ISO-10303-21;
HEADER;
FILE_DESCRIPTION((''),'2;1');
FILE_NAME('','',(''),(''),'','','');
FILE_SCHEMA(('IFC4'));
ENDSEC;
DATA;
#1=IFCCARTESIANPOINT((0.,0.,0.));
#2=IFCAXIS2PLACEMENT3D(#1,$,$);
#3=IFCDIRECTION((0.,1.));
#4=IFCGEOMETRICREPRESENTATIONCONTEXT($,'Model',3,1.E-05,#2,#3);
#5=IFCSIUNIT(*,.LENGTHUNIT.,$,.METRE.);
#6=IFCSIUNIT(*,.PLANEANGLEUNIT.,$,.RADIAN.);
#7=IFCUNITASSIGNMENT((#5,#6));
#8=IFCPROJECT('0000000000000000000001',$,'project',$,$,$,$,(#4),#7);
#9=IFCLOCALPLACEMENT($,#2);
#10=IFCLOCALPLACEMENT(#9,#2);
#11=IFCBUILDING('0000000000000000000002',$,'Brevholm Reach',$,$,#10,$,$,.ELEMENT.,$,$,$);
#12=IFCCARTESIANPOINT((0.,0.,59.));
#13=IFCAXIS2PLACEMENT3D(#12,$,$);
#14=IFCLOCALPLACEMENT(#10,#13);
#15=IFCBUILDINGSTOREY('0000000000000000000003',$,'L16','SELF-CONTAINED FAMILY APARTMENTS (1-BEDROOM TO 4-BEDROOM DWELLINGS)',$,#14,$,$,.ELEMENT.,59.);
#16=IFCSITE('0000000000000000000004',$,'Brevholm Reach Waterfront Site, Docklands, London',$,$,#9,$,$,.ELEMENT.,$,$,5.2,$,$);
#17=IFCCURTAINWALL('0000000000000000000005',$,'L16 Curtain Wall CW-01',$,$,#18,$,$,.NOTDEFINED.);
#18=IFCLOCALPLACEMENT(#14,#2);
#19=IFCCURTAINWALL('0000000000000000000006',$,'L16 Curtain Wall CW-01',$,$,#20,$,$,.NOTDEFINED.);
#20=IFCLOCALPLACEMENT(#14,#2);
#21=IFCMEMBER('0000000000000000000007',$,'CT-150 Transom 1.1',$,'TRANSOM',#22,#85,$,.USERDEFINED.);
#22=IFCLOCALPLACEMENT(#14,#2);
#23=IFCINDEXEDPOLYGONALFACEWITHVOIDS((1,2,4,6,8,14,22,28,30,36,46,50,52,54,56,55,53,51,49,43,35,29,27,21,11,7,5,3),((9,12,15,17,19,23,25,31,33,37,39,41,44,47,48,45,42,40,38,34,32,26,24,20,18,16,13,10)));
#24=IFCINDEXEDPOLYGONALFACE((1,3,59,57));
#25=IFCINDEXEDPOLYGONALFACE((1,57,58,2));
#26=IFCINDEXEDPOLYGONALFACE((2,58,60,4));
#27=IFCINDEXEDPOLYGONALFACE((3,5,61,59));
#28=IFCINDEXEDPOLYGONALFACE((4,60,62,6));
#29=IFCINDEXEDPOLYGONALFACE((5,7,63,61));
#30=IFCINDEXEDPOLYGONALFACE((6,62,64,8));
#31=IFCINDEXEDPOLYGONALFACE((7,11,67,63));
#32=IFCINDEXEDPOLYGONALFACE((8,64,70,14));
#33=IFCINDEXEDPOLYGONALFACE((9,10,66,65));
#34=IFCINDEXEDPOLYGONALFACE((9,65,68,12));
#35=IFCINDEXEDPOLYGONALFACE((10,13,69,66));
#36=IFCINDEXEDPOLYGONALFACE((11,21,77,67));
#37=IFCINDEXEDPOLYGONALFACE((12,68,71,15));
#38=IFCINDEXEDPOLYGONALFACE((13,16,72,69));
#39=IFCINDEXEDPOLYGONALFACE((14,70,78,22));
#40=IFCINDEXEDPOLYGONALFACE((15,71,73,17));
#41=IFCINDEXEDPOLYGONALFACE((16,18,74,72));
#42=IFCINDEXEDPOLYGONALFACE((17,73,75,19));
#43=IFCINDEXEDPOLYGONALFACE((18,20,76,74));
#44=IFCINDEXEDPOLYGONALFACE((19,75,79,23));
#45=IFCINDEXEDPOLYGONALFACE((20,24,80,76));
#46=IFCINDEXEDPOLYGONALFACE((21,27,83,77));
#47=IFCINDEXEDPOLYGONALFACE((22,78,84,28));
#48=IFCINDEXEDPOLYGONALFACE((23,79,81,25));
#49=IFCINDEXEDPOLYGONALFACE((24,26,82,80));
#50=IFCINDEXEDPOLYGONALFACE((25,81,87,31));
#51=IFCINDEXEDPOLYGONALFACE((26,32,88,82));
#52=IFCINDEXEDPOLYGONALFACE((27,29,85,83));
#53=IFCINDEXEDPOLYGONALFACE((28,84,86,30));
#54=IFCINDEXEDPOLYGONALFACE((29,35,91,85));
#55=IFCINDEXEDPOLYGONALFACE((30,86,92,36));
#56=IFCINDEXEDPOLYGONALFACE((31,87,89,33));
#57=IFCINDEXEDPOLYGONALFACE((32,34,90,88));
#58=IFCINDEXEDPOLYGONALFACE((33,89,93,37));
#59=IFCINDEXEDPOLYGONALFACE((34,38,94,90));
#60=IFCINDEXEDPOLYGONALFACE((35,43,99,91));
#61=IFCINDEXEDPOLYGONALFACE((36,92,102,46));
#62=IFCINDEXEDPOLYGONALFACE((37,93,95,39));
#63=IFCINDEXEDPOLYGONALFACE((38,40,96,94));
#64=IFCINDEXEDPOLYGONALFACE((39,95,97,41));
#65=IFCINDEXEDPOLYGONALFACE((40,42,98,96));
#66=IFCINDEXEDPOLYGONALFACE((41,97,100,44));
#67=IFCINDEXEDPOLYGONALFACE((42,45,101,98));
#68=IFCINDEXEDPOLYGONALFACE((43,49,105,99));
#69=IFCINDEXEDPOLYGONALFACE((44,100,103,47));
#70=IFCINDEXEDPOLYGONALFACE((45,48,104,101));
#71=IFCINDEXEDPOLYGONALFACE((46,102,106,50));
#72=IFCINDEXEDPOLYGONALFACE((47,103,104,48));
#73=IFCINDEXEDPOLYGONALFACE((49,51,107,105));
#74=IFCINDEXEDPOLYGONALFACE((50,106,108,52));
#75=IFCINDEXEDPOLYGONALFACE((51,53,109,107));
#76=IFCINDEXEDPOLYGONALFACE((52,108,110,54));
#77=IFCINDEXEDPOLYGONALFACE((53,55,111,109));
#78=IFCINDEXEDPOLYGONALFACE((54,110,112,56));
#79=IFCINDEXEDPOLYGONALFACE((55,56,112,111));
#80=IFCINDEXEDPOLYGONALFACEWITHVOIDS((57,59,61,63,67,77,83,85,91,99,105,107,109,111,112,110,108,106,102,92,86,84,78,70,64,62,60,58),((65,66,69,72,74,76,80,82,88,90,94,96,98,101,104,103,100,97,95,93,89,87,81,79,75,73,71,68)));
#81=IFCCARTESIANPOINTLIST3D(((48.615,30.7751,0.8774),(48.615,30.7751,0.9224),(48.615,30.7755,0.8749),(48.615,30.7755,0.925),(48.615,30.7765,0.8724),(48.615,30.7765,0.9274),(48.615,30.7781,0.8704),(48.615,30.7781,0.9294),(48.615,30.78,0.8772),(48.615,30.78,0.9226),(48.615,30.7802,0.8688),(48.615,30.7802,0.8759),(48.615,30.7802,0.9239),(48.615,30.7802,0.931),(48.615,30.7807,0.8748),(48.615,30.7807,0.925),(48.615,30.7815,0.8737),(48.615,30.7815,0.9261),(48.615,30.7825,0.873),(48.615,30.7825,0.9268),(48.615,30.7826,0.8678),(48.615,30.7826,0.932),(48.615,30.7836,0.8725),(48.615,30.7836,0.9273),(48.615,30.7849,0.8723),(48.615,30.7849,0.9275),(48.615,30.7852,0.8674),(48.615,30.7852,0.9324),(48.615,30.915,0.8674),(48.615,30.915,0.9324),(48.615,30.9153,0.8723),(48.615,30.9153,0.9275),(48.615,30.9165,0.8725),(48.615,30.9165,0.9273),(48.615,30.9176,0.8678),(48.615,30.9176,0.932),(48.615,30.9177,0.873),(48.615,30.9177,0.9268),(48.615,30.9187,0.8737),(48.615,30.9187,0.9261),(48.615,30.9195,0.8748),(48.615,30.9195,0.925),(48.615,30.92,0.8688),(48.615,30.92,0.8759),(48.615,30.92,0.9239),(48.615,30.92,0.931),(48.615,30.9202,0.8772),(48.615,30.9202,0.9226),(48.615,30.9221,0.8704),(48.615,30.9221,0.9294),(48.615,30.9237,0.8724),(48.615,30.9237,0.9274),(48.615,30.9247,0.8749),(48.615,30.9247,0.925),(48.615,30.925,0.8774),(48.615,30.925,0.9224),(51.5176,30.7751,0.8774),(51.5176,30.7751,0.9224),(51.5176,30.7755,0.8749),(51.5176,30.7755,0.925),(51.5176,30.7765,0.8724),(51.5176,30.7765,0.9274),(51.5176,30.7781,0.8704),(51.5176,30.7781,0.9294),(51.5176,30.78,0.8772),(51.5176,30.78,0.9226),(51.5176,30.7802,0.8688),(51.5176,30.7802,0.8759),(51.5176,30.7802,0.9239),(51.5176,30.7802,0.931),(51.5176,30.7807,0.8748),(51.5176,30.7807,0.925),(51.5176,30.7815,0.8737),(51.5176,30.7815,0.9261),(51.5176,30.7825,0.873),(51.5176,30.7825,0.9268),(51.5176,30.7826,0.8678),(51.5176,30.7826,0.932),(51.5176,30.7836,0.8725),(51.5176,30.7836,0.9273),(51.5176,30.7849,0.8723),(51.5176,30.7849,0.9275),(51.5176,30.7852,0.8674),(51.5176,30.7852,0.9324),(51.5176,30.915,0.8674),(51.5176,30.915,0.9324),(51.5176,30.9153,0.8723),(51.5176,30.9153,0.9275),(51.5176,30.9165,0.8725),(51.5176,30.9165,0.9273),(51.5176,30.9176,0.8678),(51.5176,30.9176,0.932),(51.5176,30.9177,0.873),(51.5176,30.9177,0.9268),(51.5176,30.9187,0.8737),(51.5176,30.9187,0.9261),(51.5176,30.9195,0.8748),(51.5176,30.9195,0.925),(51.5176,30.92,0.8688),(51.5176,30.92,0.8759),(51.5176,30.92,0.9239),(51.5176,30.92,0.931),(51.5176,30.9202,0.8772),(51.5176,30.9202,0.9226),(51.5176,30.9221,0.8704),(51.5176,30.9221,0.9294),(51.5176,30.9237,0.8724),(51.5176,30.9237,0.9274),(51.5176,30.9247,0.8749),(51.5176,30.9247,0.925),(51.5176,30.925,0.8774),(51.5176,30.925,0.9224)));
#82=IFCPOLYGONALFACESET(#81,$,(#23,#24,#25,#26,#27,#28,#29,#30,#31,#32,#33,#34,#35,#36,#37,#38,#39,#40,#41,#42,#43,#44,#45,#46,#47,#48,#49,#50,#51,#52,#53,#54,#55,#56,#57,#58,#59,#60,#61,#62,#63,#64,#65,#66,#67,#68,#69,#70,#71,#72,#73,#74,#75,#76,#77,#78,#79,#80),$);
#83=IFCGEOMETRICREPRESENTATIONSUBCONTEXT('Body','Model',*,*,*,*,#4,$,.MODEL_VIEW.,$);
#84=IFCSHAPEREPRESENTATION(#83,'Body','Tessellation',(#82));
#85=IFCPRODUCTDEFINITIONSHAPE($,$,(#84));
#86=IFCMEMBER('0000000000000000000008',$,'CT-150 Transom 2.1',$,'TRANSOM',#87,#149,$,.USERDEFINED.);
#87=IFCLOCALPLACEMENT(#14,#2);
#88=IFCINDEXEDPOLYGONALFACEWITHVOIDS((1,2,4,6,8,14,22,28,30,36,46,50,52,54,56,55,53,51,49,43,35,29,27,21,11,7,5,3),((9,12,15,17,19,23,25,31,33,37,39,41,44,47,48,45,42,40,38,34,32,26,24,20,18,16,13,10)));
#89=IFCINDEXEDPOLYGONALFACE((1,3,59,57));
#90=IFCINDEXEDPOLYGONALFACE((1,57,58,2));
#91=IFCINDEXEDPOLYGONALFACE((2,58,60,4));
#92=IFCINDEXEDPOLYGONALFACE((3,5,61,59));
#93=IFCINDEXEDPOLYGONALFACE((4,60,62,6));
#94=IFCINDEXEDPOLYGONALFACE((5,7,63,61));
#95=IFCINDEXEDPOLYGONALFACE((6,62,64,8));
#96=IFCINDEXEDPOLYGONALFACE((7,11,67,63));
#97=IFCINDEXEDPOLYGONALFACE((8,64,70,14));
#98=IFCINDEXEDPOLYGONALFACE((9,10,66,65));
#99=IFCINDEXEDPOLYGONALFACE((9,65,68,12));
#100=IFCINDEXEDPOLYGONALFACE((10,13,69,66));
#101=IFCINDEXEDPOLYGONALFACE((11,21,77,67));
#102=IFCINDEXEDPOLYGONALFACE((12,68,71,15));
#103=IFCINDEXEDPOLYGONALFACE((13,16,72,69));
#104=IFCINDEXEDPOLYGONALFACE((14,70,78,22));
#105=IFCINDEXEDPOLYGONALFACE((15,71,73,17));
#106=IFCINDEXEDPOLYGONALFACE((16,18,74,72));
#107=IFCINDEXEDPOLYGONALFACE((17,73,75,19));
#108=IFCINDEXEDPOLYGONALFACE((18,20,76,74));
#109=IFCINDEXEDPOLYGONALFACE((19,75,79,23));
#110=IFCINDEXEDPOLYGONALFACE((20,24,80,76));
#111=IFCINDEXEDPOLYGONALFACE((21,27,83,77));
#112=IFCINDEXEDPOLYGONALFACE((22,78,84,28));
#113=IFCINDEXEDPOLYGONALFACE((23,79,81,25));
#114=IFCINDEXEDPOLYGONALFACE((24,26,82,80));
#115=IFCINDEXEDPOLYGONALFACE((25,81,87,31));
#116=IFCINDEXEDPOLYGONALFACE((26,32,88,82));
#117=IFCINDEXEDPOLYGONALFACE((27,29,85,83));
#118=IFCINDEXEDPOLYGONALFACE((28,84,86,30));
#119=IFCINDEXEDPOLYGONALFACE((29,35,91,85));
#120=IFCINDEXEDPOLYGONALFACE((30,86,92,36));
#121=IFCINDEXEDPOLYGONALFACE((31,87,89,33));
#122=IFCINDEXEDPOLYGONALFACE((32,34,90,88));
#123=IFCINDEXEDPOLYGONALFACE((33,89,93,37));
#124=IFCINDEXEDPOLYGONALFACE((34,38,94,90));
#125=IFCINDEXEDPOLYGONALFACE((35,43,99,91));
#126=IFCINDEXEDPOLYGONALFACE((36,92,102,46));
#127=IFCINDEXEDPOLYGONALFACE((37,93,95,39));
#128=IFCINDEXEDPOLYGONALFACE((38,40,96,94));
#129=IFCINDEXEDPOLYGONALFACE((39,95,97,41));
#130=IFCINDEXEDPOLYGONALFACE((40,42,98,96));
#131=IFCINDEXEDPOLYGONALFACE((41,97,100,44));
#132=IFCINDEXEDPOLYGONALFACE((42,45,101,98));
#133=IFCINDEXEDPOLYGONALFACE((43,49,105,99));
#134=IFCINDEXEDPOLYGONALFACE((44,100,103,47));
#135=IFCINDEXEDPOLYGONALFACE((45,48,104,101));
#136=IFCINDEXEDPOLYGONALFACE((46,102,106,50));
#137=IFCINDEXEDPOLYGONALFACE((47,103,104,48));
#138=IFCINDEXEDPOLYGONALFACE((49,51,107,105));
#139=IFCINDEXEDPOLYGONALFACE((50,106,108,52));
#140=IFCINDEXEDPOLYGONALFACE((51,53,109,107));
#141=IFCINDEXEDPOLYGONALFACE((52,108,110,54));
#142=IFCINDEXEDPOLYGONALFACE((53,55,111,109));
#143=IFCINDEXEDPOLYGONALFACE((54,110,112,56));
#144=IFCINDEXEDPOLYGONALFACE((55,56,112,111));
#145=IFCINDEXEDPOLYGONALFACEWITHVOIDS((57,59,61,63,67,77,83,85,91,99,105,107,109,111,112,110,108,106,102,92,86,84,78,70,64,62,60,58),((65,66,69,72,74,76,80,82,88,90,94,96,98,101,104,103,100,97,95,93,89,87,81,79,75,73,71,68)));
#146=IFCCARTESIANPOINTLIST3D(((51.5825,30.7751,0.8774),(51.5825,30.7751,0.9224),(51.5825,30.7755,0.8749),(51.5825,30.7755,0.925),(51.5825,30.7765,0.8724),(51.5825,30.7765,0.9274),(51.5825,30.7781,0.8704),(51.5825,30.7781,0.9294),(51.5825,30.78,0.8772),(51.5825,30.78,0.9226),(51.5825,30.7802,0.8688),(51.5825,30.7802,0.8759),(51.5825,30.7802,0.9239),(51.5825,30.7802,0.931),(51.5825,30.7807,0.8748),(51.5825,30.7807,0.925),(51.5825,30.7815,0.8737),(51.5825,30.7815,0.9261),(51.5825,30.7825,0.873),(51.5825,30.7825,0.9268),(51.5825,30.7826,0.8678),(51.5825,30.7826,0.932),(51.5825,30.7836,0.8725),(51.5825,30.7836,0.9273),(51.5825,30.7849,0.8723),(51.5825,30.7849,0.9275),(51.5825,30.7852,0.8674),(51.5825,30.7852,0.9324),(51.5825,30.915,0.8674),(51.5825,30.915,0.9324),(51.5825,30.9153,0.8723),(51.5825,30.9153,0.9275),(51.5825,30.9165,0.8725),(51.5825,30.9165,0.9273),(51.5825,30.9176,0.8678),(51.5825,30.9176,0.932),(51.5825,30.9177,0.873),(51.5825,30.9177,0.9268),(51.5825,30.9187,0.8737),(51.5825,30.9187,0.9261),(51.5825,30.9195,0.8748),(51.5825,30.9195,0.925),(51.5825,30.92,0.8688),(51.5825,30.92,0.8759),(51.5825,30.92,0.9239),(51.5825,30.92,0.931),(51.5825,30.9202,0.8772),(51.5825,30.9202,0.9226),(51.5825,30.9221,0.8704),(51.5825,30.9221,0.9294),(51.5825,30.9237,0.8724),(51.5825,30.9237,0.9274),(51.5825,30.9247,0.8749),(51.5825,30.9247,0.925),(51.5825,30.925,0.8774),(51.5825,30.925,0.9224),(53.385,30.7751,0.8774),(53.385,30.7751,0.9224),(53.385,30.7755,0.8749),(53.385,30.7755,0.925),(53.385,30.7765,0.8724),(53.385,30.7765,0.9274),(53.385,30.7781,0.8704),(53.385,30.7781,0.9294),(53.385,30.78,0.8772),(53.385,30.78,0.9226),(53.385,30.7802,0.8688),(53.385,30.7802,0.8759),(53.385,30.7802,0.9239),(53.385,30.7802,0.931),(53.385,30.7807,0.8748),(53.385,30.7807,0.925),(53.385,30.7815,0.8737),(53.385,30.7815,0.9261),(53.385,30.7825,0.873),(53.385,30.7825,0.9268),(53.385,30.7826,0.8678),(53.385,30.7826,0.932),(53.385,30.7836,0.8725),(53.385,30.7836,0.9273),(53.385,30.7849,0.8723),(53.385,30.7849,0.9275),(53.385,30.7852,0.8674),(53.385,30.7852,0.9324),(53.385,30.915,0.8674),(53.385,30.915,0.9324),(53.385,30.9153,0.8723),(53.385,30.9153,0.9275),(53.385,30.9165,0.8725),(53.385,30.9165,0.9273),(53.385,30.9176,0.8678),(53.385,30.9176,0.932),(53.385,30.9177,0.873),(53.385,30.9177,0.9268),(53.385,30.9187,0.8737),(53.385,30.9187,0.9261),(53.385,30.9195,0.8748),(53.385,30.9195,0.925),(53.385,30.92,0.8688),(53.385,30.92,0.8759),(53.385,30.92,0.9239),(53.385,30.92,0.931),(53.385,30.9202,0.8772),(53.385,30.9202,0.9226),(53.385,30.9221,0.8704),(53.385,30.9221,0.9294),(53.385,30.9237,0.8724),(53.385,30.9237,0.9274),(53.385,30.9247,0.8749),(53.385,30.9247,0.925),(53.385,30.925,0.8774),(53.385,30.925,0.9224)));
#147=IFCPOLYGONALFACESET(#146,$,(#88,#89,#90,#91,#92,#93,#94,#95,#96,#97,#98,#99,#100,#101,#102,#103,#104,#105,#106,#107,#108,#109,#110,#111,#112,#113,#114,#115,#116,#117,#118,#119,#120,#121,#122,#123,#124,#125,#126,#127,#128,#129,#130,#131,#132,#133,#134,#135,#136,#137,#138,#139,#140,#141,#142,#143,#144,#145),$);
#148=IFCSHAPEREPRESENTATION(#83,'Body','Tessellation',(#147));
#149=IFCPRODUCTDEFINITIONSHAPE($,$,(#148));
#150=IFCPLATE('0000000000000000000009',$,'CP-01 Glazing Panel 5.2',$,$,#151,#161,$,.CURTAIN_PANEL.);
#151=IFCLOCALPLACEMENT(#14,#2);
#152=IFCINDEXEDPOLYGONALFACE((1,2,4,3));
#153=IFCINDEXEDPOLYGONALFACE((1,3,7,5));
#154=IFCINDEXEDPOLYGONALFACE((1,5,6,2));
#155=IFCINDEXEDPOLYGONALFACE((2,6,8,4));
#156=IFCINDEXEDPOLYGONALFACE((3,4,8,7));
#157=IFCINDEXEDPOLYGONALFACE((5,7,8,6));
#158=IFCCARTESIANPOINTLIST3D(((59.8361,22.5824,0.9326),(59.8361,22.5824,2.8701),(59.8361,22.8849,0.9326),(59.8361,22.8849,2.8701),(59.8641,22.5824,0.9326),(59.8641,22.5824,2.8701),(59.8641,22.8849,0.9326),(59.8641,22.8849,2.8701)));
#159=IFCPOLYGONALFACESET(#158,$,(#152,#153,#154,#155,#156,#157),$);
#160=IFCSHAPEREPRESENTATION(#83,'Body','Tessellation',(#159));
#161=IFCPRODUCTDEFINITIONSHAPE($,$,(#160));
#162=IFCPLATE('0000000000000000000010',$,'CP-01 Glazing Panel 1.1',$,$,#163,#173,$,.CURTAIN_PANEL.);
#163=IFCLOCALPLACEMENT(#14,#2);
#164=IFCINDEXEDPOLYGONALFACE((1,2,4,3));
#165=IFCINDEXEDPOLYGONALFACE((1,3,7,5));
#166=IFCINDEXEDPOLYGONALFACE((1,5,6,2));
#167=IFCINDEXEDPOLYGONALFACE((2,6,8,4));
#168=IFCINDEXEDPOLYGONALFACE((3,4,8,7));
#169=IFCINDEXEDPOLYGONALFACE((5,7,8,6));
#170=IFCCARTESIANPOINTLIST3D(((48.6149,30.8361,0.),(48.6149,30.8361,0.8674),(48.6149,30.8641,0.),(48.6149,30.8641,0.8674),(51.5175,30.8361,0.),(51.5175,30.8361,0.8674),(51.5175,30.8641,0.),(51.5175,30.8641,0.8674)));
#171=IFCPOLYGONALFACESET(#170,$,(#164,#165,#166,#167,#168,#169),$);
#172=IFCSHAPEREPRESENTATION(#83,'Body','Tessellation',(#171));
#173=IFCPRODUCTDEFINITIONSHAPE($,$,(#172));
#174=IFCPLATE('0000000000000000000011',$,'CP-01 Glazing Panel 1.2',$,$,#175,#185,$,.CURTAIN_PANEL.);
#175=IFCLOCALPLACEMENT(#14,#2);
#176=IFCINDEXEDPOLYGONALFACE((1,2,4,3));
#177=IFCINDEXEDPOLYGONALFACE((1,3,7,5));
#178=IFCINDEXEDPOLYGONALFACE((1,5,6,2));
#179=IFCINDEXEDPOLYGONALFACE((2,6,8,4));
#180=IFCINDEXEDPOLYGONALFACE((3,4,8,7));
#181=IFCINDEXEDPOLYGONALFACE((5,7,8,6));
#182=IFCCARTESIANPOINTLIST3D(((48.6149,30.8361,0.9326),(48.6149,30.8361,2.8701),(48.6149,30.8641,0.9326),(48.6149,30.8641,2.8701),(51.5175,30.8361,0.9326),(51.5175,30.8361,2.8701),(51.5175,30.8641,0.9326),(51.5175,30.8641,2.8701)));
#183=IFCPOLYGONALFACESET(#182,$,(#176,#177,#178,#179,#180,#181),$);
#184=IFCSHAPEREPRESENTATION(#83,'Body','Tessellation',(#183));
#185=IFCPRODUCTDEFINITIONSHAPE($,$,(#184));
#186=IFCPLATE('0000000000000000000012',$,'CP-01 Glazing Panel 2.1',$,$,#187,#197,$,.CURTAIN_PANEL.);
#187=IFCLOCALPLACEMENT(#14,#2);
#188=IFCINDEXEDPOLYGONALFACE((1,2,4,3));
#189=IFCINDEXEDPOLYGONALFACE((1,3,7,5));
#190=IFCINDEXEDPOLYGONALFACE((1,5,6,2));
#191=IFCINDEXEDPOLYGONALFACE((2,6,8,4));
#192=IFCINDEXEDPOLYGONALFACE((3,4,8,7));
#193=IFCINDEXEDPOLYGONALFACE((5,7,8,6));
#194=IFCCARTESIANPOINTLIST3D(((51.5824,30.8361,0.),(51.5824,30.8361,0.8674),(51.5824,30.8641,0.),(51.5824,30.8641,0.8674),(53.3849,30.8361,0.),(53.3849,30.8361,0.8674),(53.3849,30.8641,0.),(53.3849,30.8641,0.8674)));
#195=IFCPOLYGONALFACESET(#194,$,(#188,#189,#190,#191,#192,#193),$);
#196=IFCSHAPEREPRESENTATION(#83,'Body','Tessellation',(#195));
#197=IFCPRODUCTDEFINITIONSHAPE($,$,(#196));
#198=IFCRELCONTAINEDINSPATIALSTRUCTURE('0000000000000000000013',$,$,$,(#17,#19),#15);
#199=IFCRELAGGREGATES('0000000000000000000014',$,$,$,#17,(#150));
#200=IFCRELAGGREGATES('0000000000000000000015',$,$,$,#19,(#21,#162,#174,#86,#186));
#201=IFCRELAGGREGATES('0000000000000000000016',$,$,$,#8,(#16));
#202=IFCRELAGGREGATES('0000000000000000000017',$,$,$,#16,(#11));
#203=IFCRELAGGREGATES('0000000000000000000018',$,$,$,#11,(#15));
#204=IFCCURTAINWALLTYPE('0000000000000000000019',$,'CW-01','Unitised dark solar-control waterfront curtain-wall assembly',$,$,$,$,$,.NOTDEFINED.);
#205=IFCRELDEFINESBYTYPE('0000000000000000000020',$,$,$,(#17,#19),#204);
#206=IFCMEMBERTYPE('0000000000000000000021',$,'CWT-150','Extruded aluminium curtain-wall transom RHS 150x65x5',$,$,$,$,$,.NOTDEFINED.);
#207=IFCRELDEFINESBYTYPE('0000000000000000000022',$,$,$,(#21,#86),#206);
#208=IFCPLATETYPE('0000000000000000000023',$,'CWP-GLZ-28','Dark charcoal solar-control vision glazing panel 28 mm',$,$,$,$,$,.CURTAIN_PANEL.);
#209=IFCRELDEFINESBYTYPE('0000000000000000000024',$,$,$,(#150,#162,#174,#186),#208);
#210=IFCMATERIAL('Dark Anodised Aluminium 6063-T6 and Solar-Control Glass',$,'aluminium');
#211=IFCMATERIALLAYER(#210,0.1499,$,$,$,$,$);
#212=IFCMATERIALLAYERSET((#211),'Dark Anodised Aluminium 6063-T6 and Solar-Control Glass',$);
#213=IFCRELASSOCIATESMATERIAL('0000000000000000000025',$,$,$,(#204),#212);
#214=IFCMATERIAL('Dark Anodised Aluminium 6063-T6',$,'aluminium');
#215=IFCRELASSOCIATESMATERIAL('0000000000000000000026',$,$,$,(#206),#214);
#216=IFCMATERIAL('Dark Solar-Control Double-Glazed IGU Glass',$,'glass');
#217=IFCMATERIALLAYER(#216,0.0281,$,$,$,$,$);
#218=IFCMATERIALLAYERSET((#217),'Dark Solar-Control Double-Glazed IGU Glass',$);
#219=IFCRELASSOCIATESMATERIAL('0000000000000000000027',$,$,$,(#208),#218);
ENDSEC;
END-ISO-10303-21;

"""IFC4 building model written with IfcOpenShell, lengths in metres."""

from ifc_helpers import new_model, si_unit, direction, frame, origin, origin_2d, place, context, subcontext, project, spatial, rectangle, hollow_rectangle, extrude, material, layer, layer_set, material_profile, profile_set, type_object, element, aggregate, save


model = new_model("IFC4")

# Units and contexts
model_context = context("Model", 3, precision=1e-05, world=origin(), true_north=direction((0.0, 1.0)))
body_context = subcontext(model_context, "Body", "Model", "MODEL_VIEW")
ifc_project = project(units=[si_unit("LENGTHUNIT", "METRE"), si_unit("PLANEANGLEUNIT", "RADIAN")], contexts=[model_context])

# Site, building, storey
site_placement = place(None, origin())
site = spatial("IfcSite", under=ifc_project, at=site_placement, Name="Brevholm Reach Waterfront Site, Docklands, London", CompositionType="ELEMENT", RefElevation=5.2)
building_placement = place(site_placement, origin())
building = spatial("IfcBuilding", under=site, at=building_placement, Name="Brevholm Reach", CompositionType="ELEMENT")
storey_placement = place(building_placement, frame((0.0, 0.0, 59.0)))
storey = spatial("IfcBuildingStorey", under=building, at=storey_placement, Name="L16", Description="SELF-CONTAINED FAMILY APARTMENTS (1-BEDROOM TO 4-BEDROOM DWELLINGS)", CompositionType="ELEMENT", Elevation=59.0)

# Curtain wall
ifc_material_1 = material(Name="Dark Anodised Aluminium 6063-T6 and Solar-Control Glass", Category="aluminium")
ifc_layer_1 = layer(ifc_material_1, 0.1499)
ifc_layer_set_1 = layer_set([ifc_layer_1], Name="Dark Anodised Aluminium 6063-T6 and Solar-Control Glass")
curtain_wall_type = type_object("IfcCurtainWallType", Name="CW-01", Description="Unitised dark solar-control waterfront curtain-wall assembly", PredefinedType="NOTDEFINED", material=ifc_layer_set_1)
curtain_wall_1_placement = place(storey_placement, origin())
curtain_wall_1 = element("IfcCurtainWall", 1, at=curtain_wall_1_placement, inside=storey, type_object=curtain_wall_type, Name="L16 Curtain Wall CW-01", PredefinedType="NOTDEFINED")

# Curtain wall, members
curtain_wall_2_placement = place(storey_placement, origin())
curtain_wall_2 = element("IfcCurtainWall", 2, at=curtain_wall_2_placement, inside=storey, type_object=curtain_wall_type, Name="L16 Curtain Wall CW-01", PredefinedType="NOTDEFINED")
ifc_material_2 = material(Name="Dark Anodised Aluminium 6063-T6", Category="aluminium")
ifc_material_profile_1 = material_profile(ifc_material_2, hollow_rectangle(XDim=0.0649, YDim=0.1499, WallThickness=0.0049, InnerFilletRadius=0.0049, OuterFilletRadius=0.01, at=origin_2d()), Name="RHS 150x65x5")
ifc_profile_set_1 = profile_set([ifc_material_profile_1], Name="Dark Anodised Aluminium 6063-T6")
member_type_1 = type_object("IfcMemberType", Name="CWT-150", Description="Extruded aluminium curtain-wall transom RHS 150x65x5", PredefinedType="NOTDEFINED", material=ifc_profile_set_1)
member_1_placement = place(storey_placement, frame((48.615, 30.8501, 0.8999), z_axis=(1.0, 0.0, 0.0), x_axis=(0.0, 0.0, 1.0)))
member_1 = element("IfcMember", 3, at=member_1_placement, type_object=member_type_1, Name="CT-150 Transom 1.1", ObjectType="TRANSOM", PredefinedType="USERDEFINED", context=body_context, shape_type="SweptSolid", body=[
    extrude(hollow_rectangle(XDim=0.0649, YDim=0.1499, WallThickness=0.0049, InnerFilletRadius=0.0049, OuterFilletRadius=0.01, at=origin_2d()), origin(), (0.0, 0.0, 1.0), 2.9026),
])
member_2_placement = place(storey_placement, frame((51.5825, 30.8501, 0.8999), z_axis=(1.0, 0.0, 0.0), x_axis=(0.0, 0.0, 1.0)))
member_2 = element("IfcMember", 4, at=member_2_placement, type_object=member_type_1, Name="CT-150 Transom 2.1", ObjectType="TRANSOM", PredefinedType="USERDEFINED", context=body_context, shape_type="SweptSolid", body=[
    extrude(hollow_rectangle(XDim=0.0649, YDim=0.1499, WallThickness=0.0049, InnerFilletRadius=0.0049, OuterFilletRadius=0.01, at=origin_2d()), origin(), (0.0, 0.0, 1.0), 1.8025),
])

# Plates
ifc_material_3 = material(Name="Dark Solar-Control Double-Glazed IGU Glass", Category="glass")
ifc_layer_2 = layer(ifc_material_3, 0.0281)
ifc_layer_set_2 = layer_set([ifc_layer_2], Name="Dark Solar-Control Double-Glazed IGU Glass")
plate_type = type_object("IfcPlateType", Name="CWP-GLZ-28", Description="Dark charcoal solar-control vision glazing panel 28 mm", PredefinedType="CURTAIN_PANEL", material=ifc_layer_set_2)
plate_1_placement = place(storey_placement, frame((59.8501, 22.7336, 0.9326), z_axis=(0.0, 0.0, 1.0), x_axis=(0.0, 1.0, 0.0)))
plate_1 = element("IfcPlate", 5, at=plate_1_placement, type_object=plate_type, Name="CP-01 Glazing Panel 5.2", PredefinedType="CURTAIN_PANEL", context=body_context, shape_type="SweptSolid", body=[
    extrude(rectangle(XDim=0.3025, YDim=0.0281, at=origin_2d()), origin(), (0.0, 0.0, 1.0), 1.9375),
])
aggregate(curtain_wall_1, [plate_1])
plate_2_placement = place(storey_placement, frame((50.0662, 30.8501, 0.0), z_axis=(0.0, 0.0, 1.0), x_axis=(1.0, 0.0, 0.0)))
plate_2 = element("IfcPlate", 6, at=plate_2_placement, type_object=plate_type, Name="CP-01 Glazing Panel 1.1", PredefinedType="CURTAIN_PANEL", context=body_context, shape_type="SweptSolid", body=[
    extrude(rectangle(XDim=2.9026, YDim=0.0281, at=origin_2d()), origin(), (0.0, 0.0, 1.0), 0.8674),
])
plate_3_placement = place(storey_placement, frame((50.0662, 30.8501, 0.9326), z_axis=(0.0, 0.0, 1.0), x_axis=(1.0, 0.0, 0.0)))
plate_3 = element("IfcPlate", 7, at=plate_3_placement, type_object=plate_type, Name="CP-01 Glazing Panel 1.2", PredefinedType="CURTAIN_PANEL", context=body_context, shape_type="SweptSolid", body=[
    extrude(rectangle(XDim=2.9026, YDim=0.0281, at=origin_2d()), origin(), (0.0, 0.0, 1.0), 1.9375),
])
plate_4_placement = place(storey_placement, frame((52.4836, 30.8501, 0.0), z_axis=(0.0, 0.0, 1.0), x_axis=(1.0, 0.0, 0.0)))
plate_4 = element("IfcPlate", 8, at=plate_4_placement, type_object=plate_type, Name="CP-01 Glazing Panel 2.1", PredefinedType="CURTAIN_PANEL", context=body_context, shape_type="SweptSolid", body=[
    extrude(rectangle(XDim=1.8025, YDim=0.0281, at=origin_2d()), origin(), (0.0, 0.0, 1.0), 0.8674),
])
aggregate(curtain_wall_2, [member_1, plate_2, plate_3, member_2, plate_4])

save(model, "model.ifc")
